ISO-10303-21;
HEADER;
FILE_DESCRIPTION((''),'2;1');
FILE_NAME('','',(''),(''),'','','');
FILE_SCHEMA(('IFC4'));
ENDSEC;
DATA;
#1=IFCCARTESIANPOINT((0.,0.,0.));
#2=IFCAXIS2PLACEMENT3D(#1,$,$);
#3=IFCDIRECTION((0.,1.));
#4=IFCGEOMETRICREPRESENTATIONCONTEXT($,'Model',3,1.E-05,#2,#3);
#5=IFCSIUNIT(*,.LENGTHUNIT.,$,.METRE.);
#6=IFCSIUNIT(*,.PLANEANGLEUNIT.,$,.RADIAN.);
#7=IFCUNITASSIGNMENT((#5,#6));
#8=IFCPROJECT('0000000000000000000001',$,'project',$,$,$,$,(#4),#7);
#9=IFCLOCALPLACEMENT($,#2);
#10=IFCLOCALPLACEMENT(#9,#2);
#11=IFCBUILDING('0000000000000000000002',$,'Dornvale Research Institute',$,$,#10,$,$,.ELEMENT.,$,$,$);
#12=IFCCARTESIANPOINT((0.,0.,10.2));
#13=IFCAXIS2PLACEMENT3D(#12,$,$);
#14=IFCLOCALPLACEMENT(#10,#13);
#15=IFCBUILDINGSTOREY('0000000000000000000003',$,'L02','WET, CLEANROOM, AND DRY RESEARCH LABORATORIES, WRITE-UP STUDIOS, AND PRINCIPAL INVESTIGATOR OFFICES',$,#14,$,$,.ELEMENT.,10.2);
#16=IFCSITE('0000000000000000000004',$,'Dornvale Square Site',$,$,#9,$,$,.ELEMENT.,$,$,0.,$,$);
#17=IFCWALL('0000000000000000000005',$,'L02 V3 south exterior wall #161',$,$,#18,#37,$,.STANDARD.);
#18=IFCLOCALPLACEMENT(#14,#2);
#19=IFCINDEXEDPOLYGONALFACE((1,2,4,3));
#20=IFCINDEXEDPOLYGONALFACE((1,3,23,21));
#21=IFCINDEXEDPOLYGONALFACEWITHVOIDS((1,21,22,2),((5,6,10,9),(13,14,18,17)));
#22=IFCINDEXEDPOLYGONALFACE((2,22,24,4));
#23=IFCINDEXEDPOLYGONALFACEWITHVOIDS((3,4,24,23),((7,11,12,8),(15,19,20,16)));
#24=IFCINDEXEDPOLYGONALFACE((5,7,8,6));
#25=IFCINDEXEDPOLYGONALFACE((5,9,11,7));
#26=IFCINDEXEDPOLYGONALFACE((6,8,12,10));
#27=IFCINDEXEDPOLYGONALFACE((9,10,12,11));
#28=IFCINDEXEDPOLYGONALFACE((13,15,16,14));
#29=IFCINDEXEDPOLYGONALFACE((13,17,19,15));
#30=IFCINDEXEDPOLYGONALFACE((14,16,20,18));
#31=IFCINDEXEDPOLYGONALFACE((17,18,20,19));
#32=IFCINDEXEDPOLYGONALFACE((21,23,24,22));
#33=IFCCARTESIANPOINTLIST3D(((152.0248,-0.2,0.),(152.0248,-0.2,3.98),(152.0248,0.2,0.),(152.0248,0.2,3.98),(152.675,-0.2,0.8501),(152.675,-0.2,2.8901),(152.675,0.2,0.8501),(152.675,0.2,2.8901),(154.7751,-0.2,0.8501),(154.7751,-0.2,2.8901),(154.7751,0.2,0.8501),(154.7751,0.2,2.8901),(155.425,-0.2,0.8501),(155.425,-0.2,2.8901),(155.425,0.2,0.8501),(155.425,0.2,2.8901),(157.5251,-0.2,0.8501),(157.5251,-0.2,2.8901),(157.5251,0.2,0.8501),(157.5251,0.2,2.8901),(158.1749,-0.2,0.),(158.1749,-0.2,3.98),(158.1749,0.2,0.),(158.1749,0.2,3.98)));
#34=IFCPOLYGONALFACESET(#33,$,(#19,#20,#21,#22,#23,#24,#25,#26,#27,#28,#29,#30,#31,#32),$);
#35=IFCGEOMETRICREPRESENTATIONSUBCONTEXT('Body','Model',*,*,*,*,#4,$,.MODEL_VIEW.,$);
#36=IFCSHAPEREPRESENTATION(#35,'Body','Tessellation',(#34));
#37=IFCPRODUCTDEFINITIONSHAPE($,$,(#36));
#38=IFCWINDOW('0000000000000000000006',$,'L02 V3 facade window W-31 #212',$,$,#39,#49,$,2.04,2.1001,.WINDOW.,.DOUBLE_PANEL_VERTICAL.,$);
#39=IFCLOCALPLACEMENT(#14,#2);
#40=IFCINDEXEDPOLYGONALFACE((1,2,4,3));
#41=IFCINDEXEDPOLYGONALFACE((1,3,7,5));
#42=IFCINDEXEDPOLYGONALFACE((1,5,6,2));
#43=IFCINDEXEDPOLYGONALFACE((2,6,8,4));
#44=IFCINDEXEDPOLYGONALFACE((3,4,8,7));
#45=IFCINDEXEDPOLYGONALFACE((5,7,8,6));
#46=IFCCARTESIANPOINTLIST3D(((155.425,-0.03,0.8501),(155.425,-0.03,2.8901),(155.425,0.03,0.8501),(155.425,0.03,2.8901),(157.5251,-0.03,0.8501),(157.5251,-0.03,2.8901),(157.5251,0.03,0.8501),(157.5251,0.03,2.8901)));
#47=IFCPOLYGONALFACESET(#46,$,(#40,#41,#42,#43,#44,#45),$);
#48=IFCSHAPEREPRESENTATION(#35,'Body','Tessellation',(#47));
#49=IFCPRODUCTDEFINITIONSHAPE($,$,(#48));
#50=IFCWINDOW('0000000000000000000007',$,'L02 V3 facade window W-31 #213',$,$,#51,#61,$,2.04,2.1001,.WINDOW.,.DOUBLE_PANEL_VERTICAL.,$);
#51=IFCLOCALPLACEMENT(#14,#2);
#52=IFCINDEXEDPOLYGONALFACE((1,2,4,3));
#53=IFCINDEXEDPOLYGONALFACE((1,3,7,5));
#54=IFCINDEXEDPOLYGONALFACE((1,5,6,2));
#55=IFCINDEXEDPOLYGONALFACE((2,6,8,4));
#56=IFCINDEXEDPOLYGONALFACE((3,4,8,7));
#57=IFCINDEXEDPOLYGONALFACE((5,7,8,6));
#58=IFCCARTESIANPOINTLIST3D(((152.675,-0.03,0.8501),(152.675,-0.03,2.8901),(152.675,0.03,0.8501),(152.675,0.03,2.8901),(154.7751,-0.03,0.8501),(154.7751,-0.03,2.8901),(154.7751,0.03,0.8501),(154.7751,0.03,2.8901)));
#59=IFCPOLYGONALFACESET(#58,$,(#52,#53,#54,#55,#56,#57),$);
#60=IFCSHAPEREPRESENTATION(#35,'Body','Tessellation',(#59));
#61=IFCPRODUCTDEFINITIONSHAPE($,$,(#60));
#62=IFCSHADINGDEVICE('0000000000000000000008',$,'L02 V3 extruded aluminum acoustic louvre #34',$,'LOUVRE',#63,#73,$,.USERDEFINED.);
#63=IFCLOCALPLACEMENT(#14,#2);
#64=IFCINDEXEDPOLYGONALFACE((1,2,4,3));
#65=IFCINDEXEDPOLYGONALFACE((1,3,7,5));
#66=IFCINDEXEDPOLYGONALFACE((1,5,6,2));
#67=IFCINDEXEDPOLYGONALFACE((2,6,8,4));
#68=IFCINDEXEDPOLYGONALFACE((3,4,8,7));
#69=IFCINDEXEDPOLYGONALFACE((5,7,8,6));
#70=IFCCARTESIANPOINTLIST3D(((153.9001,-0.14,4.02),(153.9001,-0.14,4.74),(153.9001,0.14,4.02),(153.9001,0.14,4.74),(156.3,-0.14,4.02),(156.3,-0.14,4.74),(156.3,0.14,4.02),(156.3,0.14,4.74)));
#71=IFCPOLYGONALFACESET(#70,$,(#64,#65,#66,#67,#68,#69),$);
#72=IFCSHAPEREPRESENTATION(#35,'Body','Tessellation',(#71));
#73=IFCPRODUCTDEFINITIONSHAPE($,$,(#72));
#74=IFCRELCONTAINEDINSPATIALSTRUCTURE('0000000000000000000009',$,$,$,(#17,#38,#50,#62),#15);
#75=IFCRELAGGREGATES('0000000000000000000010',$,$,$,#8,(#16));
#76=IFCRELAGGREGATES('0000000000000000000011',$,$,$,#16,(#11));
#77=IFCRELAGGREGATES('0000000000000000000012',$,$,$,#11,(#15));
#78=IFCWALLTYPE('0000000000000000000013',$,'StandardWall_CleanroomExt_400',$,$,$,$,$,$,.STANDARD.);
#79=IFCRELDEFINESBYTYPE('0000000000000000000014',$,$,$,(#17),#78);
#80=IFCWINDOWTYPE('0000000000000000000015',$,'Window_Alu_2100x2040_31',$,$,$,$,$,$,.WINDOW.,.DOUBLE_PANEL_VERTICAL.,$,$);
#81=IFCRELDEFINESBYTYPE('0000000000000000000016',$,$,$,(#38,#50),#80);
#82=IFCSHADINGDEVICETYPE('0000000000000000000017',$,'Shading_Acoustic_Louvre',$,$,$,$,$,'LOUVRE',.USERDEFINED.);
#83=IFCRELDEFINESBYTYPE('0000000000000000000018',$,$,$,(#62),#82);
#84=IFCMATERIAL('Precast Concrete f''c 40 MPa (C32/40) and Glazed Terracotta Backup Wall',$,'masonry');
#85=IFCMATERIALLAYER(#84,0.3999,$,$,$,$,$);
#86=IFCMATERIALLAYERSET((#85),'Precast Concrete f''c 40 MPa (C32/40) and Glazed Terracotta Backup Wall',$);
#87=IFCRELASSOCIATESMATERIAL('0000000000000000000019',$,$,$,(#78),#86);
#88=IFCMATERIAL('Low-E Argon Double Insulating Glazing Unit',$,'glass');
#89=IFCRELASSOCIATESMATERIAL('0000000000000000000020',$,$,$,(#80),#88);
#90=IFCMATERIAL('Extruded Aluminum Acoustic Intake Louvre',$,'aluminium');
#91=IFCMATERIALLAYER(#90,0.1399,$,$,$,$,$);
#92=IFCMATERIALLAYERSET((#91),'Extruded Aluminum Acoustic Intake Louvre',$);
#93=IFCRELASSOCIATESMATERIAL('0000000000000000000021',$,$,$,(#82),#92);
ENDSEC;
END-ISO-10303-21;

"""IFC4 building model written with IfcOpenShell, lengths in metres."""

from ifc_helpers import new_model, si_unit, direction, frame, frame_2d, origin, origin_2d, place, context, subcontext, project, spatial, rectangle, extrude, material, layer, layer_set, type_object, element, fill, save


model = new_model("IFC4")

# Units and contexts
model_context = context("Model", 3, precision=1e-05, world=origin(), true_north=direction((0.0, 1.0)))
body_context = subcontext(model_context, "Body", "Model", "MODEL_VIEW")
ifc_project = project(units=[si_unit("LENGTHUNIT", "METRE"), si_unit("PLANEANGLEUNIT", "RADIAN")], contexts=[model_context])

# Site, building, storey
site_placement = place(None, origin())
site = spatial("IfcSite", under=ifc_project, at=site_placement, Name="Dornvale Square Site", CompositionType="ELEMENT", RefElevation=0.0)
building_placement = place(site_placement, origin())
building = spatial("IfcBuilding", under=site, at=building_placement, Name="Dornvale Research Institute", CompositionType="ELEMENT")
storey_placement = place(building_placement, frame((0.0, 0.0, 10.2)))
storey = spatial("IfcBuildingStorey", under=building, at=storey_placement, Name="L02", Description="WET, CLEANROOM, AND DRY RESEARCH LABORATORIES, WRITE-UP STUDIOS, AND PRINCIPAL INVESTIGATOR OFFICES", CompositionType="ELEMENT", Elevation=10.2)

# Wall, openings, windows
ifc_material_1 = material(Name="Precast Concrete f'c 40 MPa (C32/40) and Glazed Terracotta Backup Wall", Category="masonry")
ifc_layer_1 = layer(ifc_material_1, 0.3999)
ifc_layer_set_1 = layer_set([ifc_layer_1], Name="Precast Concrete f'c 40 MPa (C32/40) and Glazed Terracotta Backup Wall")
wall_type = type_object("IfcWallType", Name="StandardWall_CleanroomExt_400", PredefinedType="STANDARD", material=ifc_layer_set_1)
wall_placement = place(storey_placement, frame((158.175, 0.0, 0.0), z_axis=(0.0, 0.0, 1.0), x_axis=(-1.0, 0.0, 0.0)))
wall = element("IfcWall", 1, at=wall_placement, inside=storey, type_object=wall_type, Name="L02 V3 south exterior wall #161", PredefinedType="STANDARD", context=body_context, shape_type="SweptSolid", body=[
    extrude(rectangle(XDim=6.1501, YDim=0.3999, at=frame_2d((3.0752, 0.0))), origin(), (0.0, 0.0, 1.0), 3.98),
])
opening_1_placement = place(wall_placement, frame((0.6499, 0.0, 0.8501)))
opening_1 = element("IfcOpeningElement", 2, at=opening_1_placement, cuts=wall, PredefinedType="OPENING", context=body_context, shape_type="SweptSolid", body=[
    extrude(rectangle(XDim=2.1001, YDim=2.04, at=frame_2d((1.05, 1.02))), frame((0.0, 0.2148, 0.0), z_axis=(0.0, -1.0, 0.0), x_axis=(1.0, 0.0, 0.0)), (0.0, 0.0, 1.0), 0.4299),
])
opening_2_placement = place(wall_placement, frame((3.3999, 0.0, 0.8501)))
opening_2 = element("IfcOpeningElement", 3, at=opening_2_placement, cuts=wall, PredefinedType="OPENING", context=body_context, shape_type="SweptSolid", body=[
    extrude(rectangle(XDim=2.1001, YDim=2.04, at=frame_2d((1.05, 1.02))), frame((0.0, 0.2148, 0.0), z_axis=(0.0, -1.0, 0.0), x_axis=(1.0, 0.0, 0.0)), (0.0, 0.0, 1.0), 0.4299),
])
ifc_material_2 = material(Name="Low-E Argon Double Insulating Glazing Unit", Category="glass")
window_type = type_object("IfcWindowType", Name="Window_Alu_2100x2040_31", PartitioningType="DOUBLE_PANEL_VERTICAL", PredefinedType="WINDOW", material=ifc_material_2)
window_1_placement = place(opening_1_placement, origin())
window_1 = element("IfcWindow", 4, at=window_1_placement, inside=storey, type_object=window_type, Name="L02 V3 facade window W-31 #212", OverallHeight=2.04, OverallWidth=2.1001, PartitioningType="DOUBLE_PANEL_VERTICAL", PredefinedType="WINDOW", context=body_context, shape_type="SweptSolid", body=[
    extrude(rectangle(XDim=2.1001, YDim=2.04, at=frame_2d((1.05, 1.02))), frame((0.0, 0.03, 0.0), z_axis=(0.0, -1.0, 0.0), x_axis=(1.0, 0.0, 0.0)), (0.0, 0.0, 1.0), 0.0601),
])
fill(opening_1, window_1)
window_2_placement = place(opening_2_placement, origin())
window_2 = element("IfcWindow", 5, at=window_2_placement, inside=storey, type_object=window_type, Name="L02 V3 facade window W-31 #213", OverallHeight=2.04, OverallWidth=2.1001, PartitioningType="DOUBLE_PANEL_VERTICAL", PredefinedType="WINDOW", context=body_context, shape_type="SweptSolid", body=[
    extrude(rectangle(XDim=2.1001, YDim=2.04, at=frame_2d((1.05, 1.02))), frame((0.0, 0.03, 0.0), z_axis=(0.0, -1.0, 0.0), x_axis=(1.0, 0.0, 0.0)), (0.0, 0.0, 1.0), 0.0601),
])
fill(opening_2, window_2)

# Shading device
ifc_material_3 = material(Name="Extruded Aluminum Acoustic Intake Louvre", Category="aluminium")
ifc_layer_2 = layer(ifc_material_3, 0.1399)
ifc_layer_set_2 = layer_set([ifc_layer_2], Name="Extruded Aluminum Acoustic Intake Louvre")
shading_device_type = type_object("IfcShadingDeviceType", Name="Shading_Acoustic_Louvre", ElementType="LOUVRE", PredefinedType="USERDEFINED", material=ifc_layer_set_2)
shading_device_placement = place(storey_placement, frame((155.1001, 0.0, 4.02), z_axis=(0.0, 0.0, 1.0), x_axis=(1.0, 0.0, 0.0)))
element("IfcShadingDevice", 6, at=shading_device_placement, inside=storey, type_object=shading_device_type, Name="L02 V3 extruded aluminum acoustic louvre #34", ObjectType="LOUVRE", PredefinedType="USERDEFINED", context=body_context, shape_type="SweptSolid", body=[
    extrude(rectangle(XDim=2.3999, YDim=0.28, at=origin_2d()), origin(), (0.0, 0.0, 1.0), 0.72),
])

save(model, "model.ifc")
